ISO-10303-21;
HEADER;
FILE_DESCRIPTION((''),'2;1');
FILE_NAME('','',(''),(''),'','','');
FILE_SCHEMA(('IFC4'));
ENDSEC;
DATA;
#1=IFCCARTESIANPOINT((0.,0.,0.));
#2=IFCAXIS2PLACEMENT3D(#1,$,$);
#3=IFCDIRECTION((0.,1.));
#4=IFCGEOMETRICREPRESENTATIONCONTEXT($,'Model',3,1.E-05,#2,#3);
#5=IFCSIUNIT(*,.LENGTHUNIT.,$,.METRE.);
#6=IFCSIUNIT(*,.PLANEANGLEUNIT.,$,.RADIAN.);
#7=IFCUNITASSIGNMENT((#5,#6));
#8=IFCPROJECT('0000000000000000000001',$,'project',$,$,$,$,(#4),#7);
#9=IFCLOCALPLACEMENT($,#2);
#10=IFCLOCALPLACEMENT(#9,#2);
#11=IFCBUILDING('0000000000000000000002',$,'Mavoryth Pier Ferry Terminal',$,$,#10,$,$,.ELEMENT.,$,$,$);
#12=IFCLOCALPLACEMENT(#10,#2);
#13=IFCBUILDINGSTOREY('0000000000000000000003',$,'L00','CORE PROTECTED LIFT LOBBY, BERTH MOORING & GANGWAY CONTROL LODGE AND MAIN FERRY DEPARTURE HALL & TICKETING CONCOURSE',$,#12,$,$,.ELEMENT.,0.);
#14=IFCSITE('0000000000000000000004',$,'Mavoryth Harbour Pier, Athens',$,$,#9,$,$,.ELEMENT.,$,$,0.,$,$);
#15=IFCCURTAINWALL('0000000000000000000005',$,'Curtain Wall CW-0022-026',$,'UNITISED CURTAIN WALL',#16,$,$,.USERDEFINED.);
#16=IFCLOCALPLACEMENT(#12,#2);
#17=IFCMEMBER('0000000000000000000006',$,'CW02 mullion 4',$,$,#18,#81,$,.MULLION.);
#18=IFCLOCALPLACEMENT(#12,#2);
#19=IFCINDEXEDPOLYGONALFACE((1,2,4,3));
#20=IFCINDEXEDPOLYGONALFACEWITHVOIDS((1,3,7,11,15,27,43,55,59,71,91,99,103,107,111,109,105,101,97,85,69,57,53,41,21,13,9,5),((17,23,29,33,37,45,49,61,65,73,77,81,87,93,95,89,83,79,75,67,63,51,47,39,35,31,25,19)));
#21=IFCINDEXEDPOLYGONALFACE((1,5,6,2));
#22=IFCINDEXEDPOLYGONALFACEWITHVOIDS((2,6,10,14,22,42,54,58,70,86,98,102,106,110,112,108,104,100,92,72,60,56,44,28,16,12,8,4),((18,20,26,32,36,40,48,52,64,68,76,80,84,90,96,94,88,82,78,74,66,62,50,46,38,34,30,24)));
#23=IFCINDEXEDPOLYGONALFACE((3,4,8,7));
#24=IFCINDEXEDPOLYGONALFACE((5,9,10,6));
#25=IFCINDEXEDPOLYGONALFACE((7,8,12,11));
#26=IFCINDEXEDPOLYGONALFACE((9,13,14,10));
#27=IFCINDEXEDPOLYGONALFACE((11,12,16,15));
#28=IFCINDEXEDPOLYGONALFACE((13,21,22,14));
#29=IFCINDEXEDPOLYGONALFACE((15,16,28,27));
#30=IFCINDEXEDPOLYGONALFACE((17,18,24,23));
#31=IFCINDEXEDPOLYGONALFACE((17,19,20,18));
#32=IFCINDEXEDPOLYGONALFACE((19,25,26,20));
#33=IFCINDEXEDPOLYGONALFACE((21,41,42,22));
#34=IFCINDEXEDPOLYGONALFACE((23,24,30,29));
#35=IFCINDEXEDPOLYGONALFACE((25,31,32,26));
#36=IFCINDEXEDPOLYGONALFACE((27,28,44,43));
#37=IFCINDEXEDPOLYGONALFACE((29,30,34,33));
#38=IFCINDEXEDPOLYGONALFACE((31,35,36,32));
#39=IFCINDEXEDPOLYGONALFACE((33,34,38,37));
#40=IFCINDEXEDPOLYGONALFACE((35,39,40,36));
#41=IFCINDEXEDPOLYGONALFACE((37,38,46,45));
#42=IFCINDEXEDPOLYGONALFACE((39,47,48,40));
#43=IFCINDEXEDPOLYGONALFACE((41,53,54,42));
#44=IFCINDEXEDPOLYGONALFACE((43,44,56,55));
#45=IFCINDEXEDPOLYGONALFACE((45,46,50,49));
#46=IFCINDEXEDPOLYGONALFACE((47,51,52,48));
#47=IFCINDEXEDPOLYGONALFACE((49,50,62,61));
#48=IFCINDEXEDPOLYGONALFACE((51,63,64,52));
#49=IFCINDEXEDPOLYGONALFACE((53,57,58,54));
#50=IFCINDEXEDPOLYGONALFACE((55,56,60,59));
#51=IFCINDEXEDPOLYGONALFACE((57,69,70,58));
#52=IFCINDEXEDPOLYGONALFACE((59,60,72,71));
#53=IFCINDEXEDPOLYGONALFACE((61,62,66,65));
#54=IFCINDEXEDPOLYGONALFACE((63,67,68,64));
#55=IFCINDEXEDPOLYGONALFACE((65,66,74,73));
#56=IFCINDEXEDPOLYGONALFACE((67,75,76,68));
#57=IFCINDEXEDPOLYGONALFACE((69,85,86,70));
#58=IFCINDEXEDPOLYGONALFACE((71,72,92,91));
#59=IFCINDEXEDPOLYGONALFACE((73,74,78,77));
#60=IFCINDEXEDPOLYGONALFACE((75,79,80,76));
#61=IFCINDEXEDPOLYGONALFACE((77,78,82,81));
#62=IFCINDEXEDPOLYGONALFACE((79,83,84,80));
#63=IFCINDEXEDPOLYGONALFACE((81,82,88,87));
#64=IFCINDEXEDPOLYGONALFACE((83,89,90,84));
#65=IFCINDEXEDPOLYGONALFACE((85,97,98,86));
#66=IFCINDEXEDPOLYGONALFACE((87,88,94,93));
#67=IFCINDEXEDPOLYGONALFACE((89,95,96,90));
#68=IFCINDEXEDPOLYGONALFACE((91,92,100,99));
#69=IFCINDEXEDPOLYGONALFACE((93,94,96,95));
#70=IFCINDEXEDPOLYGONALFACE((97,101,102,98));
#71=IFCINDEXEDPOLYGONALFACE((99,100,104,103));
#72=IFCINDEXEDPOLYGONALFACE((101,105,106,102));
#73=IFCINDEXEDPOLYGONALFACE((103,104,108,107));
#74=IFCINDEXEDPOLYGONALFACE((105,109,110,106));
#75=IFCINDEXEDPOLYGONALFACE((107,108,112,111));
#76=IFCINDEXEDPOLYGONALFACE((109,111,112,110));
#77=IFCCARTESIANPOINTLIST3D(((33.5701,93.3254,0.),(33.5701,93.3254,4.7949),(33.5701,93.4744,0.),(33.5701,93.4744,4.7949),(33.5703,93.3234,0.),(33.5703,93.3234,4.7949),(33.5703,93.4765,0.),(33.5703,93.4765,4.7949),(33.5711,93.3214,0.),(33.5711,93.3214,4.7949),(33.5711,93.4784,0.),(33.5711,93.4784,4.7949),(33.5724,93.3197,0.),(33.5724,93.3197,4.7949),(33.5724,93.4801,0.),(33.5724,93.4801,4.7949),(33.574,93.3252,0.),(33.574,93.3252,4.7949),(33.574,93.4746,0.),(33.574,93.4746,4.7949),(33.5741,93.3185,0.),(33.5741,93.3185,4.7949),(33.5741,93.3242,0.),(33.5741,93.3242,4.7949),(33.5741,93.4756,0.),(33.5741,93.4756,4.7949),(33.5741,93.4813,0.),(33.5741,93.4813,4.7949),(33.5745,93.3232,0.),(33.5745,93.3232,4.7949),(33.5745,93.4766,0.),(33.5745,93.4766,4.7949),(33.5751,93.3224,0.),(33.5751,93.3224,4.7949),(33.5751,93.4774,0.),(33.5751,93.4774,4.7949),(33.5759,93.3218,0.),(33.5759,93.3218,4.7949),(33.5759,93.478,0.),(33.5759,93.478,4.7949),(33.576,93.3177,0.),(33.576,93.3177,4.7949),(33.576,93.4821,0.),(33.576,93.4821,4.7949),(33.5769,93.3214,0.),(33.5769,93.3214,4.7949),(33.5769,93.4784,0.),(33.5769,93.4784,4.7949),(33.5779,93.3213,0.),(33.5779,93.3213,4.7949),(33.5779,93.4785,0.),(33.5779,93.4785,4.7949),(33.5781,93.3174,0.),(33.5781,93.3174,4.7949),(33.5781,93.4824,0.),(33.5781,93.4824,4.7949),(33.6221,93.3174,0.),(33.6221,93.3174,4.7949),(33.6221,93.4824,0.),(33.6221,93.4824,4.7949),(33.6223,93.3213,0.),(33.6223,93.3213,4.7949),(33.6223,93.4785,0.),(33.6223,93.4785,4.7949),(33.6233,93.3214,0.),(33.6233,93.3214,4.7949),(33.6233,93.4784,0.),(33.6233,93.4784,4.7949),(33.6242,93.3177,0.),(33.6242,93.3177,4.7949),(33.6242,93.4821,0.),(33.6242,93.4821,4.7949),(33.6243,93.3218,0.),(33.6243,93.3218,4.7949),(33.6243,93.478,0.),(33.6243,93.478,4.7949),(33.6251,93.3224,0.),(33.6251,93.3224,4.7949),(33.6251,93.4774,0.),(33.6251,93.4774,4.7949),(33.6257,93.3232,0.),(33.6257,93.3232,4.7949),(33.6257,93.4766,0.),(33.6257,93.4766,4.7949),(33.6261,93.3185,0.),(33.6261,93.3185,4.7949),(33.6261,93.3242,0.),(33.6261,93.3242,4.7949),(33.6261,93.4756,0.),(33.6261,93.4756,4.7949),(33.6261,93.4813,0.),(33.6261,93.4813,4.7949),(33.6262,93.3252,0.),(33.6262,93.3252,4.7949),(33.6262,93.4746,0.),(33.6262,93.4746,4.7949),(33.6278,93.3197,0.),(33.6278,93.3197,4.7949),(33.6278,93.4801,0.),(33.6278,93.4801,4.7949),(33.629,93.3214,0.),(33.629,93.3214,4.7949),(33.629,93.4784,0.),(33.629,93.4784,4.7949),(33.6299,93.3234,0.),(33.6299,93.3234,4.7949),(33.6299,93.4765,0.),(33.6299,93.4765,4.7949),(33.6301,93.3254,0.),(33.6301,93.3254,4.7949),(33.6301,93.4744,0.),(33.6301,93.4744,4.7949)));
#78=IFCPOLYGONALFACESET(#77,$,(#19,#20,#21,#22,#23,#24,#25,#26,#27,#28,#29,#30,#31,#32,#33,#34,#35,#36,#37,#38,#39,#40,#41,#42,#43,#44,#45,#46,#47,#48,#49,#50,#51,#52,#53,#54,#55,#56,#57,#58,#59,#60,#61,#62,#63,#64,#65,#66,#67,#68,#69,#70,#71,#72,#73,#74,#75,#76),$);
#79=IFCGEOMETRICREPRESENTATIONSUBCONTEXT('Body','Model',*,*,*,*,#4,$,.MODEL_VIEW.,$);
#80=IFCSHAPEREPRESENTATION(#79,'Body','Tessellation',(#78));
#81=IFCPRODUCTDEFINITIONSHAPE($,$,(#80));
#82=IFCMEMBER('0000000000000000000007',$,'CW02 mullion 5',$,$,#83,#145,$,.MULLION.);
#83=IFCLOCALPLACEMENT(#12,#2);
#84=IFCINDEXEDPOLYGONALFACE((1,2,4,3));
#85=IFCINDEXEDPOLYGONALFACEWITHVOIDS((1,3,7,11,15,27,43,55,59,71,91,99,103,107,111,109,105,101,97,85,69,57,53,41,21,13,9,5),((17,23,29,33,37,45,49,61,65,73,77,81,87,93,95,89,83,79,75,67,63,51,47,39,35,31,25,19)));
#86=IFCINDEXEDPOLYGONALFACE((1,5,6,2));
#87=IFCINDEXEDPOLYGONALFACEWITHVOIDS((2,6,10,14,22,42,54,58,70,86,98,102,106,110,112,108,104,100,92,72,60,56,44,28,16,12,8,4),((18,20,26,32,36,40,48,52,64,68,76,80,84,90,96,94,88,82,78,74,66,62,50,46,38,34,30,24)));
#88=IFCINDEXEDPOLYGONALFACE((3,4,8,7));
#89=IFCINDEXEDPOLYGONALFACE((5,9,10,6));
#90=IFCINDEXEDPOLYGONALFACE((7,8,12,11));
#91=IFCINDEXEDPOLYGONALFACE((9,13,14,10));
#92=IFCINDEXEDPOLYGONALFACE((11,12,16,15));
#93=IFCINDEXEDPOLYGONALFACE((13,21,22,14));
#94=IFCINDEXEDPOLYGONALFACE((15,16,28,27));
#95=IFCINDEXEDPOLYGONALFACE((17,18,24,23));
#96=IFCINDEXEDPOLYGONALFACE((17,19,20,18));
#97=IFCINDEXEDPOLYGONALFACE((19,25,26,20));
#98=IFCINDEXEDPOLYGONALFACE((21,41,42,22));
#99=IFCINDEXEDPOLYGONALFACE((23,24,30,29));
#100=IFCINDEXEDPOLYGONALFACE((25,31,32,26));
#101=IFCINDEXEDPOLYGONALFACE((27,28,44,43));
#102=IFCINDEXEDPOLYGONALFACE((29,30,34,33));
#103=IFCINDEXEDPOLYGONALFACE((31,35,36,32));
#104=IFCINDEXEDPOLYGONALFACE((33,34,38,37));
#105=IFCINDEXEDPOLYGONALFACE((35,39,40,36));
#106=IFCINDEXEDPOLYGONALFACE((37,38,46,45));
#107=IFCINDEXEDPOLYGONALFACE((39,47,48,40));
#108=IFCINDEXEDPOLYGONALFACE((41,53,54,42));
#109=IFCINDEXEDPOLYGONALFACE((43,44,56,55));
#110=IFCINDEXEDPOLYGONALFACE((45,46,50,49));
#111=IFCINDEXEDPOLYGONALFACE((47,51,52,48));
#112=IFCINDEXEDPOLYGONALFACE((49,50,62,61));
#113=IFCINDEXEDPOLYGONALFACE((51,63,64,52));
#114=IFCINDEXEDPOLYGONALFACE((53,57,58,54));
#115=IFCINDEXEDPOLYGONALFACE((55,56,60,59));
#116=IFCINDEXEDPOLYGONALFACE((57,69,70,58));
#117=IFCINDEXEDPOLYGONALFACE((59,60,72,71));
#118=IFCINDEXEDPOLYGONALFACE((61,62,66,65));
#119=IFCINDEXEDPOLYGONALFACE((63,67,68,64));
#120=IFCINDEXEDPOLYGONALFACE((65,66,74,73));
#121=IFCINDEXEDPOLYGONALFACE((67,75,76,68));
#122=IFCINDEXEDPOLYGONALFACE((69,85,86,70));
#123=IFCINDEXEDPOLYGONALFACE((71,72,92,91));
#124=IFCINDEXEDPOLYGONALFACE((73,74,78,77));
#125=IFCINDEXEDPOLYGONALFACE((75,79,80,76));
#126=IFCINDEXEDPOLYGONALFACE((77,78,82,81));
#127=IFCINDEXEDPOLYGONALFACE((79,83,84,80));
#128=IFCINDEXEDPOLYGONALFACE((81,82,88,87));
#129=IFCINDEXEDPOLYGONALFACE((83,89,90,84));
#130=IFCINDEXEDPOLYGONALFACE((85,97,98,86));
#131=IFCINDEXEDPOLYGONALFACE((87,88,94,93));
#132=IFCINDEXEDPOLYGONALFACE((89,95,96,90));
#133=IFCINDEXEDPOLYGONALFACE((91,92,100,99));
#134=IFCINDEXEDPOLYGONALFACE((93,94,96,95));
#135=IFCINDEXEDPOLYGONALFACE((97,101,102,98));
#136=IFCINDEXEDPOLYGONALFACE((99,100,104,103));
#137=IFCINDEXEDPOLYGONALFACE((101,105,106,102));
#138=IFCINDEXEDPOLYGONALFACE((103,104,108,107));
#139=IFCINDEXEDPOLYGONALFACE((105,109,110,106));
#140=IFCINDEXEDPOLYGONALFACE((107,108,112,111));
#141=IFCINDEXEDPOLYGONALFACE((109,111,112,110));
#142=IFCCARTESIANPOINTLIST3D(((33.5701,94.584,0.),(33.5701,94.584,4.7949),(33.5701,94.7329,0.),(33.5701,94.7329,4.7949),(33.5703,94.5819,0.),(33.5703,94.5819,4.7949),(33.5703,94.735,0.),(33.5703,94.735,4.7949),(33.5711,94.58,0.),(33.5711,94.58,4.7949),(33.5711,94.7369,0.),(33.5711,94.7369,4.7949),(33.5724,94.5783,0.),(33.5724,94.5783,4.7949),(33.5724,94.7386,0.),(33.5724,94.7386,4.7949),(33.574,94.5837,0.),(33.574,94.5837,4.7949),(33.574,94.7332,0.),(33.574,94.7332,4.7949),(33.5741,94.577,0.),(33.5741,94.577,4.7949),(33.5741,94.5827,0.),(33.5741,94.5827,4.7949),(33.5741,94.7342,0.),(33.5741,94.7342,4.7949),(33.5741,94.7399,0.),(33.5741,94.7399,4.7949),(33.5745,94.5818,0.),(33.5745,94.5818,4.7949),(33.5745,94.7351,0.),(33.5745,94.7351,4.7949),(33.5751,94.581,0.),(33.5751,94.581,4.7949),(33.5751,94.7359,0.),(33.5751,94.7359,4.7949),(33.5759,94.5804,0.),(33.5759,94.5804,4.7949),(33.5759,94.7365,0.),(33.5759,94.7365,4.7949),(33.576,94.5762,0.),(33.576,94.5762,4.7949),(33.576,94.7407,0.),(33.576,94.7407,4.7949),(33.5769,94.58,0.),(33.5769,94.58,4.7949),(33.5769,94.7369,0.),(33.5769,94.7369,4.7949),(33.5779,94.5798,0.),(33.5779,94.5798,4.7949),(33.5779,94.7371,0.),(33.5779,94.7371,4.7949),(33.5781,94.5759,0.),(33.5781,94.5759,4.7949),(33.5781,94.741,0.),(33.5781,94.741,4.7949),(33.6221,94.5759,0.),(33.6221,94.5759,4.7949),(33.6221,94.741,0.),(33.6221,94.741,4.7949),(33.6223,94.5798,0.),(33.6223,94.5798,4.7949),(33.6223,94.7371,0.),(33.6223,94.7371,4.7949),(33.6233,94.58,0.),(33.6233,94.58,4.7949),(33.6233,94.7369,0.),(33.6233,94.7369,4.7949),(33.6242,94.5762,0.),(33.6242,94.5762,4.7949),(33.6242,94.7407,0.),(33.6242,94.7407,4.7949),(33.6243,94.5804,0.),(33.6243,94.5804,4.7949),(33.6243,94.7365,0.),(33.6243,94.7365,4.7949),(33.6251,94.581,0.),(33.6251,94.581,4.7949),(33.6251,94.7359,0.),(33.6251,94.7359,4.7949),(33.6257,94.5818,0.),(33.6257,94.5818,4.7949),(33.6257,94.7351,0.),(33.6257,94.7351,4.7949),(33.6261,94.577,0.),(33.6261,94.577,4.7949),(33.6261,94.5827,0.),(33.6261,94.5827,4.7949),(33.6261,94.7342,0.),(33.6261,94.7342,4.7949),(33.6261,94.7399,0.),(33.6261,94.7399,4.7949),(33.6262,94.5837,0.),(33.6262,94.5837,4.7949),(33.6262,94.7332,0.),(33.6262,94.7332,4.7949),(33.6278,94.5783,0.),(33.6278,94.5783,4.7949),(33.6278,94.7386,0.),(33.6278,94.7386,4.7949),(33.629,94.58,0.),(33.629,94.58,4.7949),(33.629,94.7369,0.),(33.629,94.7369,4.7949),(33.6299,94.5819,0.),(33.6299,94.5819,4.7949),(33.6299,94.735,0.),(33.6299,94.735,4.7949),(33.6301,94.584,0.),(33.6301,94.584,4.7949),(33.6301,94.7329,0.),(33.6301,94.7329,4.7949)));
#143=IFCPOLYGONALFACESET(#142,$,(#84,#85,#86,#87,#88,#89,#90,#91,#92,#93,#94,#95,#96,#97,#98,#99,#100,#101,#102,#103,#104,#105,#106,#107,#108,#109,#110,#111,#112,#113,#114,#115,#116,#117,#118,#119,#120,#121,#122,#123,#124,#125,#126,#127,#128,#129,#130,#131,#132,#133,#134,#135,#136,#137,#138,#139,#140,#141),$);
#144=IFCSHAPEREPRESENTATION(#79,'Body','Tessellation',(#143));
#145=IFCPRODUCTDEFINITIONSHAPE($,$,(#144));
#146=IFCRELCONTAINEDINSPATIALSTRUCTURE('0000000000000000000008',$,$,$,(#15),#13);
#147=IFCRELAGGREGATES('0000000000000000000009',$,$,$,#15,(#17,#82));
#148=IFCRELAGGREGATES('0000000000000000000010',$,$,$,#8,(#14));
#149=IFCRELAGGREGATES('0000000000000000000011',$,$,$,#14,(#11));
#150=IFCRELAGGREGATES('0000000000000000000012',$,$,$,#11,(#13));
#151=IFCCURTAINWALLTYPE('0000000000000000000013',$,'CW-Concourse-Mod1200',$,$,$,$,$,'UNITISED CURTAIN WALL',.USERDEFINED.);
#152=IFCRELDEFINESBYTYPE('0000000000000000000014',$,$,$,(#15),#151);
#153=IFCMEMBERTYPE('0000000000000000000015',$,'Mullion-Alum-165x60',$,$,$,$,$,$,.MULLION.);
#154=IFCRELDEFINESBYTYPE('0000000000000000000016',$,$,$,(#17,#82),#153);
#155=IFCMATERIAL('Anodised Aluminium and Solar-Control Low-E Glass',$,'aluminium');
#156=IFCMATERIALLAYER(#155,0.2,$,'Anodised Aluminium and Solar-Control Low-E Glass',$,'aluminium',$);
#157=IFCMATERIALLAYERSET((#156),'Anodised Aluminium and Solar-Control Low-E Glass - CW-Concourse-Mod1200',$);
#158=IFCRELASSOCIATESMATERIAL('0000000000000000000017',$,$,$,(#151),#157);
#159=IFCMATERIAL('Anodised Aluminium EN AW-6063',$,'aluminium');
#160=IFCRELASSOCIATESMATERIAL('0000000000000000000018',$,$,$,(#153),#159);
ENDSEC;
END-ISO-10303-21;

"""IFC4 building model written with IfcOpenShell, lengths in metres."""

from ifc_helpers import new_model, si_unit, direction, frame, origin, origin_2d, place, context, subcontext, project, spatial, hollow_rectangle, extrude, material, layer, layer_set, material_profile, profile_set, type_object, element, aggregate, save


model = new_model("IFC4")

# Units and contexts
model_context = context("Model", 3, precision=1e-05, world=origin(), true_north=direction((0.0, 1.0)))
body_context = subcontext(model_context, "Body", "Model", "MODEL_VIEW")
ifc_project = project(units=[si_unit("LENGTHUNIT", "METRE"), si_unit("PLANEANGLEUNIT", "RADIAN")], contexts=[model_context])

# Site, building, storey
site_placement = place(None, origin())
site = spatial("IfcSite", under=ifc_project, at=site_placement, Name="Mavoryth Harbour Pier, Athens", CompositionType="ELEMENT", RefElevation=0.0)
building_placement = place(site_placement, origin())
building = spatial("IfcBuilding", under=site, at=building_placement, Name="Mavoryth Pier Ferry Terminal", CompositionType="ELEMENT")
storey_placement = place(building_placement, origin())
storey = spatial("IfcBuildingStorey", under=building, at=storey_placement, Name="L00", Description="CORE PROTECTED LIFT LOBBY, BERTH MOORING & GANGWAY CONTROL LODGE AND MAIN FERRY DEPARTURE HALL & TICKETING CONCOURSE", CompositionType="ELEMENT", Elevation=0.0)

# Curtain wall, members
ifc_material_1 = material(Name="Anodised Aluminium and Solar-Control Low-E Glass", Category="aluminium")
ifc_layer_1 = layer(ifc_material_1, 0.2, Name="Anodised Aluminium and Solar-Control Low-E Glass", Category="aluminium")
ifc_layer_set_1 = layer_set([ifc_layer_1], Name="Anodised Aluminium and Solar-Control Low-E Glass - CW-Concourse-Mod1200")
curtain_wall_type = type_object("IfcCurtainWallType", Name="CW-Concourse-Mod1200", ElementType="UNITISED CURTAIN WALL", PredefinedType="USERDEFINED", material=ifc_layer_set_1)
curtain_wall_placement = place(storey_placement, origin())
curtain_wall = element("IfcCurtainWall", 1, at=curtain_wall_placement, inside=storey, type_object=curtain_wall_type, Name="Curtain Wall CW-0022-026", ObjectType="UNITISED CURTAIN WALL", PredefinedType="USERDEFINED")
ifc_material_2 = material(Name="Anodised Aluminium EN AW-6063", Category="aluminium")
ifc_material_profile_1 = material_profile(ifc_material_2, hollow_rectangle(XDim=0.0601, YDim=0.165, WallThickness=0.0039, InnerFilletRadius=0.0039, OuterFilletRadius=0.0081, at=origin_2d()), Name="AL-MULL 165x60x4", Category="aluminium")
ifc_profile_set_1 = profile_set([ifc_material_profile_1], Name="Anodised Aluminium EN AW-6063 - AL-MULL 165x60x4")
member_type_1 = type_object("IfcMemberType", Name="Mullion-Alum-165x60", PredefinedType="MULLION", material=ifc_profile_set_1)
member_1_placement = place(storey_placement, frame((33.6001, 93.3999, 0.0), z_axis=(0.0, 0.0, 1.0), x_axis=(-1.0, 0.0, 0.0)))
member_1 = element("IfcMember", 2, at=member_1_placement, type_object=member_type_1, Name="CW02 mullion 4", PredefinedType="MULLION", context=body_context, shape_type="SweptSolid", body=[
    extrude(hollow_rectangle(XDim=0.0601, YDim=0.165, WallThickness=0.0039, InnerFilletRadius=0.0039, OuterFilletRadius=0.0081, at=origin_2d()), origin(), (0.0, 0.0, 1.0), 4.7949),
])
member_2_placement = place(storey_placement, frame((33.6001, 94.6584, 0.0), z_axis=(0.0, 0.0, 1.0), x_axis=(-1.0, 0.0, 0.0)))
member_2 = element("IfcMember", 3, at=member_2_placement, type_object=member_type_1, Name="CW02 mullion 5", PredefinedType="MULLION", context=body_context, shape_type="SweptSolid", body=[
    extrude(hollow_rectangle(XDim=0.0601, YDim=0.165, WallThickness=0.0039, InnerFilletRadius=0.0039, OuterFilletRadius=0.0081, at=origin_2d()), origin(), (0.0, 0.0, 1.0), 4.7949),
])
aggregate(curtain_wall, [member_1, member_2])

save(model, "model.ifc")
